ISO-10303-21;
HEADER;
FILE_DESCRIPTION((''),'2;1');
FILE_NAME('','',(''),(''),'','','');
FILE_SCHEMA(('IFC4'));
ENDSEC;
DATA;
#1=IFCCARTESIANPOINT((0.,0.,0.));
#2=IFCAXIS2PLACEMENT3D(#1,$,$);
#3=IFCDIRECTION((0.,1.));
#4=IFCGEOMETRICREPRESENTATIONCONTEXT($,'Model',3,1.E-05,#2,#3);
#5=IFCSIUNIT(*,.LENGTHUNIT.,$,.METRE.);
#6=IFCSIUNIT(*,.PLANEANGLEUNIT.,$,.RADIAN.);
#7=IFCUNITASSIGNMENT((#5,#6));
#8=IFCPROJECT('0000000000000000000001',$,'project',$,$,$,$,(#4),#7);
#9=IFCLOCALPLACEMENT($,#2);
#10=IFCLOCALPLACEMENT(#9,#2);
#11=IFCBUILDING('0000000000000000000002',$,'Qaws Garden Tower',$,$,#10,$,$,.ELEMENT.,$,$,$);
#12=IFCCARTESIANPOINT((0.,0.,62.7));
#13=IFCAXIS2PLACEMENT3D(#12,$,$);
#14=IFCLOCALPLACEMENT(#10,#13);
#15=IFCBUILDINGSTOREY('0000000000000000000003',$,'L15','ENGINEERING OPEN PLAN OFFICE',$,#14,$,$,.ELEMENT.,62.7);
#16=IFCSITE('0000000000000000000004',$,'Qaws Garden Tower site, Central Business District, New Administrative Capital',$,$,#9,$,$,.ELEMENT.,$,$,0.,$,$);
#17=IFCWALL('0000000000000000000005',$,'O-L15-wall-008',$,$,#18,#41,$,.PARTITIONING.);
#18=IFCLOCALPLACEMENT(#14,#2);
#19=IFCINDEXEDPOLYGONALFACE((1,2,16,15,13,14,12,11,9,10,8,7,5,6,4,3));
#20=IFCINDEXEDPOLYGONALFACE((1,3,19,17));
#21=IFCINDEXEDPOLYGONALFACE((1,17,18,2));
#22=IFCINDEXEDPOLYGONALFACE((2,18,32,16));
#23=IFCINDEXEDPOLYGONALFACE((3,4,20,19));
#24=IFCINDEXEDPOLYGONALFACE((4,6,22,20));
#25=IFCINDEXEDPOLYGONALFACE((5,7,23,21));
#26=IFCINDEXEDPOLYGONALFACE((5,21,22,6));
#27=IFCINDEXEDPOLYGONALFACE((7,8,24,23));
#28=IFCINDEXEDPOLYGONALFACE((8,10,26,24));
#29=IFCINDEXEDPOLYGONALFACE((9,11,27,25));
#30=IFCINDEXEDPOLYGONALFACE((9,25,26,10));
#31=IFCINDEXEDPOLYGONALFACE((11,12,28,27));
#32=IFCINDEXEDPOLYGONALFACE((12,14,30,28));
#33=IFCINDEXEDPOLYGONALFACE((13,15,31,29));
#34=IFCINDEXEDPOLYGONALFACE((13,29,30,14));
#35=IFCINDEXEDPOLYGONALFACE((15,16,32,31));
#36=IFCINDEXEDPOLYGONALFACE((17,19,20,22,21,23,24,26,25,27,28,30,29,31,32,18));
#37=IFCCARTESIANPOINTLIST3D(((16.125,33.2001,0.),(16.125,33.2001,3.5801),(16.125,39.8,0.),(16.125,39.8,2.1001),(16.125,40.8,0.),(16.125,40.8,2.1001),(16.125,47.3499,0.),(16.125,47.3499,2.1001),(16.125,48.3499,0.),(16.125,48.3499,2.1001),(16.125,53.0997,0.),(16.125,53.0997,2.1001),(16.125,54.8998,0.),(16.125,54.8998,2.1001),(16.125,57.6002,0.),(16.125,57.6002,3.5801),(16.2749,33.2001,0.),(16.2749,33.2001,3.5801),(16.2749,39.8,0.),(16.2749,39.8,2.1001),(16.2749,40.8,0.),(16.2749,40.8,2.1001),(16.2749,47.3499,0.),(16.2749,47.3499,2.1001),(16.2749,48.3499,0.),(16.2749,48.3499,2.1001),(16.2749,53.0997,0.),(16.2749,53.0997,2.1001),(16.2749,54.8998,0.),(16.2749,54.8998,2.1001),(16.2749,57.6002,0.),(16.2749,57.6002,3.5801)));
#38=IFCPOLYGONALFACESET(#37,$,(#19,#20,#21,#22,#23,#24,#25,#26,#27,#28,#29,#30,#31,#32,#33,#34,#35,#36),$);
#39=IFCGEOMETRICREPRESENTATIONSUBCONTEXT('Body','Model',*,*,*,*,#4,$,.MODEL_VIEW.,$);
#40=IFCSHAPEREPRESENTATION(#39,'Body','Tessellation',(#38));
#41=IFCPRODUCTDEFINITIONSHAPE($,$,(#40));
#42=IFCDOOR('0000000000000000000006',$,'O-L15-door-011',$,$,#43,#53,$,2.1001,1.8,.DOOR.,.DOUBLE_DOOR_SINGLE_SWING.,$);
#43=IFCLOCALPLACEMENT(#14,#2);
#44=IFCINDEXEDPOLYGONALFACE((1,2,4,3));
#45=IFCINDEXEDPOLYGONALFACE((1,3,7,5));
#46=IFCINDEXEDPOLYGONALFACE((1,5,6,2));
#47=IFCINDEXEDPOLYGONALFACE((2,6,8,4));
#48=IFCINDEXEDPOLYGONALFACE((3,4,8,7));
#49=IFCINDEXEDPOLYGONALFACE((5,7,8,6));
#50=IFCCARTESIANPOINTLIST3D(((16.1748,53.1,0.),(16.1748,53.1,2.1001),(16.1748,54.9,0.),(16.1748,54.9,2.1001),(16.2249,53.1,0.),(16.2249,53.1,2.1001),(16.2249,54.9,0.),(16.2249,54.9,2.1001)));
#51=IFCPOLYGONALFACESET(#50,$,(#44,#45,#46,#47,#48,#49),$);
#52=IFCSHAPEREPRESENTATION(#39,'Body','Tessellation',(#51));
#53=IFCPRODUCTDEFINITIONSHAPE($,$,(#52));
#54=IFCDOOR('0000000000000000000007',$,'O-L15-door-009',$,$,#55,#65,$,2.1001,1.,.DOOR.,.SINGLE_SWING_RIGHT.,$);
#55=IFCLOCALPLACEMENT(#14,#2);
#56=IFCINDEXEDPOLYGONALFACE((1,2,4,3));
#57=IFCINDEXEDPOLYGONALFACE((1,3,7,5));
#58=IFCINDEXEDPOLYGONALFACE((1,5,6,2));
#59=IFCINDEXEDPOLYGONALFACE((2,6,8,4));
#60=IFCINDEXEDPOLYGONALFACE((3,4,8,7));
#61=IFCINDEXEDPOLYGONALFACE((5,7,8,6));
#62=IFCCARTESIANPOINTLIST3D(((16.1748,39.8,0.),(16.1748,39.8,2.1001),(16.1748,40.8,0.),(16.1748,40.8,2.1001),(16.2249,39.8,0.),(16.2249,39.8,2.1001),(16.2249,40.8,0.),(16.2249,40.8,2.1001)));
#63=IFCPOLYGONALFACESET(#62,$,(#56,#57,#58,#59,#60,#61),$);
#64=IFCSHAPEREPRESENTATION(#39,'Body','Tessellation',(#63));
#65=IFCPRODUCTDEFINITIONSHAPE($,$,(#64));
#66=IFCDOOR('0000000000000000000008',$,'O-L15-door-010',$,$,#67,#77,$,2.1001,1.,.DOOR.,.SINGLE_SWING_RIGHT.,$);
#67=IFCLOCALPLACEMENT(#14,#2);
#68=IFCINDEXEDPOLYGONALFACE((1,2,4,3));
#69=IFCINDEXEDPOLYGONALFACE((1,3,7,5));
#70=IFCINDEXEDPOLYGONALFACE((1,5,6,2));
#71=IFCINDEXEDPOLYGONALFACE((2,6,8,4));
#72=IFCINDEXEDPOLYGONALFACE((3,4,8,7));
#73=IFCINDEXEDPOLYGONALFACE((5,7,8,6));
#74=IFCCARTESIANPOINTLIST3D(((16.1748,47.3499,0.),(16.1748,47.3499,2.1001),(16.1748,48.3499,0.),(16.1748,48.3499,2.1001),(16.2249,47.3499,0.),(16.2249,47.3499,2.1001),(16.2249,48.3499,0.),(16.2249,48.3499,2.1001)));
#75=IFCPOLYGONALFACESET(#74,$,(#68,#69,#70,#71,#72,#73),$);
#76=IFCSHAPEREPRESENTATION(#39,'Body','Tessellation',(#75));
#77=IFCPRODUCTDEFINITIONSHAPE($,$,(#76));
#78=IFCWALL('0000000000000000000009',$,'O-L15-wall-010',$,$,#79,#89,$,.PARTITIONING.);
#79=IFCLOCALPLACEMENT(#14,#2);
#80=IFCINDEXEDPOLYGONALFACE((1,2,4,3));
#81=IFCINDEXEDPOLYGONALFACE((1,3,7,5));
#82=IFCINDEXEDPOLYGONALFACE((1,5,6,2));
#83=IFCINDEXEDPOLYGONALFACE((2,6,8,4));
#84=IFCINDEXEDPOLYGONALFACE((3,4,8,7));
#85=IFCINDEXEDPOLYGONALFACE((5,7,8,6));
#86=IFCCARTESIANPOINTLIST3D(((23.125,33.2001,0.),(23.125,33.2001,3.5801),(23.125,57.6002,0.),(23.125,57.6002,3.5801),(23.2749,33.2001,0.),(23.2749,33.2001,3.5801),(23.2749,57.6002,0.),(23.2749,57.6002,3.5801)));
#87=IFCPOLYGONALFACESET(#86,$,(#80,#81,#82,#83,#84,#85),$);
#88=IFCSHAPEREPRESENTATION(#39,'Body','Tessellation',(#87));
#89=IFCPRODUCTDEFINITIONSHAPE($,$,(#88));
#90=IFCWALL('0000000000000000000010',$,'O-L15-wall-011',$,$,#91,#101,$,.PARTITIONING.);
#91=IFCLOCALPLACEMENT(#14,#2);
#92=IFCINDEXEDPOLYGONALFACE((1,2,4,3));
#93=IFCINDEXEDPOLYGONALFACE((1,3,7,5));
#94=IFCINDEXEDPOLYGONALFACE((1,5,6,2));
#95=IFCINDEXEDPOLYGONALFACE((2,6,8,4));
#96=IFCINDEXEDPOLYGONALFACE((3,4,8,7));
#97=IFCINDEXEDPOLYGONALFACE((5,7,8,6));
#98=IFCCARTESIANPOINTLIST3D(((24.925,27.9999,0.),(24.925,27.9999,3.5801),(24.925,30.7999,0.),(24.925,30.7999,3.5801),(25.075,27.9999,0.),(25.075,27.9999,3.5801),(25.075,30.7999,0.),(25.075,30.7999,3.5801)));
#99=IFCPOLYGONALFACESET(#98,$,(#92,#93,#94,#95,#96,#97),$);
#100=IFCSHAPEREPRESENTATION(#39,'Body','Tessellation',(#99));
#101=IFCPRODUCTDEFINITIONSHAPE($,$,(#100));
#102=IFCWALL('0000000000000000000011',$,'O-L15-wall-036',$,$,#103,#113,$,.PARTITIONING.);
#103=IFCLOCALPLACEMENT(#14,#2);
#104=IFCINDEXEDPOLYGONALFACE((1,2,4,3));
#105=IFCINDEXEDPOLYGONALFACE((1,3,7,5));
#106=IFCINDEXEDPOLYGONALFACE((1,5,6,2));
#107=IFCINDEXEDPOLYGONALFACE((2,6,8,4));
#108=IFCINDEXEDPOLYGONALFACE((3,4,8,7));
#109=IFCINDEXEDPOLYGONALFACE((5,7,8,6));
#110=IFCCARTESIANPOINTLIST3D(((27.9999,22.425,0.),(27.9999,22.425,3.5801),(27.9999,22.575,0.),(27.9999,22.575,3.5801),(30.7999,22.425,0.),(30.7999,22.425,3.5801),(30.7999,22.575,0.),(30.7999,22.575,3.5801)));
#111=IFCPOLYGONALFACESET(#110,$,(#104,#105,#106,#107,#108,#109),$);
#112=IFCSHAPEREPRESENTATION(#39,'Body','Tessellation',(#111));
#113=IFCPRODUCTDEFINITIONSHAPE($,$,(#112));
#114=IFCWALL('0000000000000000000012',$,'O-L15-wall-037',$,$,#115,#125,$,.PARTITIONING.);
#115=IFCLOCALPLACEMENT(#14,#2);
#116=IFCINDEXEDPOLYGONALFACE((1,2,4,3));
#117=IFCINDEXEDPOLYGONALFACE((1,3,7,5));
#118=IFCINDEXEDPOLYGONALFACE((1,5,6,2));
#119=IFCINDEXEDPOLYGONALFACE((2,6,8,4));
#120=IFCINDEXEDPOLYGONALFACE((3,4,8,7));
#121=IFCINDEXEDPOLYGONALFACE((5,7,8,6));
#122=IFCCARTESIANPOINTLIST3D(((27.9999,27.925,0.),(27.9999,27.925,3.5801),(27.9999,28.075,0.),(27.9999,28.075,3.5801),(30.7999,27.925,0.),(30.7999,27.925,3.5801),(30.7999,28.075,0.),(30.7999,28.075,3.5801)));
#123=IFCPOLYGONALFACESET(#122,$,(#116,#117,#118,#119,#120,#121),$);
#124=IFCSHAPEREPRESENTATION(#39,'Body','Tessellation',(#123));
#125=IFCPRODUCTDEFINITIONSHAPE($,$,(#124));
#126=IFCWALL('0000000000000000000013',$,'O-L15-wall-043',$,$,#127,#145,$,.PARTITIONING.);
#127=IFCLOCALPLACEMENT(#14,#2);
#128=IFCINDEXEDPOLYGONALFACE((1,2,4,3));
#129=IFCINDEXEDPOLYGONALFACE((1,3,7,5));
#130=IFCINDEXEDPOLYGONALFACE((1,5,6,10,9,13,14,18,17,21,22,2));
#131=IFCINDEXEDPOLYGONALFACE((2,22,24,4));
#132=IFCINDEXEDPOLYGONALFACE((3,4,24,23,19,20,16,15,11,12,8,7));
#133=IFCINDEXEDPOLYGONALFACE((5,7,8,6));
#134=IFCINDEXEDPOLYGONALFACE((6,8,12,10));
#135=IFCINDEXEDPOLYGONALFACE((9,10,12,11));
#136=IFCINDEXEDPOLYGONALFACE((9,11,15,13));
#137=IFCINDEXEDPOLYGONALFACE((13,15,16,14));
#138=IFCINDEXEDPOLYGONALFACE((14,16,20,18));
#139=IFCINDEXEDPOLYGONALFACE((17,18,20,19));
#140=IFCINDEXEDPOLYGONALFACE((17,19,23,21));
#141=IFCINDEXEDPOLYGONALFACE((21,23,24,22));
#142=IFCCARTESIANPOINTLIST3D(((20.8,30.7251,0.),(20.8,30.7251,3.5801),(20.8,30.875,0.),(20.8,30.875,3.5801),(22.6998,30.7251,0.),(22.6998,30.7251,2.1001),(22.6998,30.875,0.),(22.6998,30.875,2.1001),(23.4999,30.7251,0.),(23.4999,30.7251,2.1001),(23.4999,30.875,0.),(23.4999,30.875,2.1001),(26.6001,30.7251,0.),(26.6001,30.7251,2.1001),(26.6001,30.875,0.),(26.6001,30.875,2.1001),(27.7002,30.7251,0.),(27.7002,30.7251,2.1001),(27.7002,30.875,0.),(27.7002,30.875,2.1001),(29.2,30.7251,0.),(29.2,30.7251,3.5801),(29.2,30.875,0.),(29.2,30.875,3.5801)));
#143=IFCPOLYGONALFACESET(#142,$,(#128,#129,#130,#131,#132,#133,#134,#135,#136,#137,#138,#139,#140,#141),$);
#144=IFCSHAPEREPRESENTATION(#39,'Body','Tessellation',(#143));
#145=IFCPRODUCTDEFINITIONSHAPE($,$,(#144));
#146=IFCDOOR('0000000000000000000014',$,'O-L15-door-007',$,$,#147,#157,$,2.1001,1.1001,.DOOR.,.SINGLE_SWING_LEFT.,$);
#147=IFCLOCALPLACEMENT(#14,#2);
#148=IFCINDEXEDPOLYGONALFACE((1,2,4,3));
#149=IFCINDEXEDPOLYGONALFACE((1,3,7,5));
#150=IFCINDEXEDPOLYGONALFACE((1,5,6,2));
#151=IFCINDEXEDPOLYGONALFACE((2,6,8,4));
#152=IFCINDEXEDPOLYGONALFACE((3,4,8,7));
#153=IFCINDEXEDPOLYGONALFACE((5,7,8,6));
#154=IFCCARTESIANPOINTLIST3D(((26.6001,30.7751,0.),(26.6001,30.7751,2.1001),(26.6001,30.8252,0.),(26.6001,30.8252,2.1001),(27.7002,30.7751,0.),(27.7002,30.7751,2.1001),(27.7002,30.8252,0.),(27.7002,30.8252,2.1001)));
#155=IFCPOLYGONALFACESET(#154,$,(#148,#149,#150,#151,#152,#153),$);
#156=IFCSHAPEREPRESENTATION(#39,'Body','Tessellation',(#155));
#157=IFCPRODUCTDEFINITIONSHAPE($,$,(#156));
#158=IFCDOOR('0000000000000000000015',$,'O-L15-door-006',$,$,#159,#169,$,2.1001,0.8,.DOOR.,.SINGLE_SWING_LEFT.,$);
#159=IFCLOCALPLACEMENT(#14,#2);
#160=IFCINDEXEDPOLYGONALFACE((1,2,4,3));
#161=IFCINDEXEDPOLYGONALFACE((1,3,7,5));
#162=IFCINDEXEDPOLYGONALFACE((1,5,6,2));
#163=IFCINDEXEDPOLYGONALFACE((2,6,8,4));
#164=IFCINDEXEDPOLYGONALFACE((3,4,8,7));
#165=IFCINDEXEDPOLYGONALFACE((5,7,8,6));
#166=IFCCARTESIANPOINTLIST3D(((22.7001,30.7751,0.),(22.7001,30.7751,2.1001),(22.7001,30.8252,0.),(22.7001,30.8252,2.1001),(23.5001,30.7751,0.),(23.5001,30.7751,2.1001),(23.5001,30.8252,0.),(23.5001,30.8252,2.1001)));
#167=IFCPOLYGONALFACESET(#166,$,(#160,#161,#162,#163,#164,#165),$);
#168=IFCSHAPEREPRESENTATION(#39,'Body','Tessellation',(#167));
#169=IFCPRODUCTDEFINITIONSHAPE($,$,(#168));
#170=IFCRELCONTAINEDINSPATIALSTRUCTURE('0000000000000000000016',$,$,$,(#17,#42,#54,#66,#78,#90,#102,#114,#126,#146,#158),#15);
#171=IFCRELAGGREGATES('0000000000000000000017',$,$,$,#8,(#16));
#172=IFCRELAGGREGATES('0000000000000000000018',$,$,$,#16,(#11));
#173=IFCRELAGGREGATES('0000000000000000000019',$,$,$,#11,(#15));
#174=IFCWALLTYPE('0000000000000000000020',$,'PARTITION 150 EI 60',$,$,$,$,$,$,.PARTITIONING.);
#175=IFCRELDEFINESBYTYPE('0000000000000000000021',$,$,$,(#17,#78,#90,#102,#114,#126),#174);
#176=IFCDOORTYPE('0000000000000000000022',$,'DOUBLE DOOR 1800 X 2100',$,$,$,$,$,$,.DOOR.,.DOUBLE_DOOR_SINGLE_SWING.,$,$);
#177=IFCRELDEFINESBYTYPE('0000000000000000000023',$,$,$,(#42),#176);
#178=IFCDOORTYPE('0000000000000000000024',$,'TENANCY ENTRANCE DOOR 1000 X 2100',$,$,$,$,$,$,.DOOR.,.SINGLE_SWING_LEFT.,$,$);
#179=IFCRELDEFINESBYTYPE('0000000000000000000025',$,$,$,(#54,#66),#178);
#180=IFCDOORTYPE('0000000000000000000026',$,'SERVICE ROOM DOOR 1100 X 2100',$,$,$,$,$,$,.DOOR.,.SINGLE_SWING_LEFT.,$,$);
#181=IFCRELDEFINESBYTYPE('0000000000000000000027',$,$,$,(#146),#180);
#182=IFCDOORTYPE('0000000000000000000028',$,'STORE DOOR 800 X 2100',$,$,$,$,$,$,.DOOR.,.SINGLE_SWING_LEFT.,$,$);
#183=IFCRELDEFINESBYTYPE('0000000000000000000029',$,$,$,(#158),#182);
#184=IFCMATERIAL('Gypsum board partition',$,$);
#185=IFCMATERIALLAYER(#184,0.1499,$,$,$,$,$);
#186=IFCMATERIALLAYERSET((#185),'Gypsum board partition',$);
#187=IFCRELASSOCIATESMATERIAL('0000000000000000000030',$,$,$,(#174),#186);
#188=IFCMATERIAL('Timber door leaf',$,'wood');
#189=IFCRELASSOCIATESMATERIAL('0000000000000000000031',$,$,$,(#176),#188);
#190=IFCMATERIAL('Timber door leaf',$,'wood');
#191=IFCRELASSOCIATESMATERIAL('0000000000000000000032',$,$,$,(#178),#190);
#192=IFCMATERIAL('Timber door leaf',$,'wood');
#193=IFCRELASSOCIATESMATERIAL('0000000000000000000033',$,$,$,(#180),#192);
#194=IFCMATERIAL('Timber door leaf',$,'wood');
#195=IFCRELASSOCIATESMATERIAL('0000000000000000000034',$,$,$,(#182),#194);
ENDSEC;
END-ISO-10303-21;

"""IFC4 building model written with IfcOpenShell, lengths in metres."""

from ifc_helpers import new_model, si_unit, direction, frame, frame_2d, origin, place, context, subcontext, project, spatial, rectangle, extrude, material, layer, layer_set, type_object, element, fill, save


model = new_model("IFC4")

# Units and contexts
model_context = context("Model", 3, precision=1e-05, world=origin(), true_north=direction((0.0, 1.0)))
body_context = subcontext(model_context, "Body", "Model", "MODEL_VIEW")
ifc_project = project(units=[si_unit("LENGTHUNIT", "METRE"), si_unit("PLANEANGLEUNIT", "RADIAN")], contexts=[model_context])

# Site, building, storey
site_placement = place(None, origin())
site = spatial("IfcSite", under=ifc_project, at=site_placement, Name="Qaws Garden Tower site, Central Business District, New Administrative Capital", CompositionType="ELEMENT", RefElevation=0.0)
building_placement = place(site_placement, origin())
building = spatial("IfcBuilding", under=site, at=building_placement, Name="Qaws Garden Tower", CompositionType="ELEMENT")
storey_placement = place(building_placement, frame((0.0, 0.0, 62.7)))
storey = spatial("IfcBuildingStorey", under=building, at=storey_placement, Name="L15", Description="ENGINEERING OPEN PLAN OFFICE", CompositionType="ELEMENT", Elevation=62.7)

# Wall, openings, doors
ifc_material_1 = material(Name="Gypsum board partition")
ifc_layer_1 = layer(ifc_material_1, 0.1499)
ifc_layer_set_1 = layer_set([ifc_layer_1], Name="Gypsum board partition")
wall_type_1 = type_object("IfcWallType", Name="PARTITION 150 EI 60", PredefinedType="PARTITIONING", material=ifc_layer_set_1)
wall_1_placement = place(storey_placement, frame((16.2, 33.2, 0.0), z_axis=(0.0, 0.0, 1.0), x_axis=(0.0, 1.0, 0.0)))
wall_1 = element("IfcWall", 1, at=wall_1_placement, inside=storey, type_object=wall_type_1, Name="O-L15-wall-008", PredefinedType="PARTITIONING", context=body_context, shape_type="SweptSolid", body=[
    extrude(rectangle(XDim=24.4001, YDim=0.1499, at=frame_2d((12.2002, 0.0))), origin(), (0.0, 0.0, 1.0), 3.5801),
])
opening_1_placement = place(wall_1_placement, frame((6.6001, 0.0, 0.0)))
opening_1 = element("IfcOpeningElement", 2, at=opening_1_placement, cuts=wall_1, PredefinedType="OPENING", context=body_context, shape_type="SweptSolid", body=[
    extrude(rectangle(XDim=1.0, YDim=2.1001, at=frame_2d((0.5, 1.05))), frame((0.0, 0.085, 0.0), z_axis=(0.0, -1.0, 0.0), x_axis=(1.0, 0.0, 0.0)), (0.0, 0.0, 1.0), 0.1699),
])
opening_2_placement = place(wall_1_placement, frame((14.1499, 0.0, 0.0)))
opening_2 = element("IfcOpeningElement", 3, at=opening_2_placement, cuts=wall_1, PredefinedType="OPENING", context=body_context, shape_type="SweptSolid", body=[
    extrude(rectangle(XDim=1.0, YDim=2.1001, at=frame_2d((0.5, 1.05))), frame((0.0, 0.085, 0.0), z_axis=(0.0, -1.0, 0.0), x_axis=(1.0, 0.0, 0.0)), (0.0, 0.0, 1.0), 0.1699),
])
opening_3_placement = place(wall_1_placement, frame((19.8999, 0.0, 0.0)))
opening_3 = element("IfcOpeningElement", 4, at=opening_3_placement, cuts=wall_1, PredefinedType="OPENING", context=body_context, shape_type="SweptSolid", body=[
    extrude(rectangle(XDim=1.8, YDim=2.1001, at=frame_2d((0.8999, 1.05))), frame((0.0, 0.085, 0.0), z_axis=(0.0, -1.0, 0.0), x_axis=(1.0, 0.0, 0.0)), (0.0, 0.0, 1.0), 0.1699),
])
ifc_material_2 = material(Name="Timber door leaf", Category="wood")
door_type_1 = type_object("IfcDoorType", Name="DOUBLE DOOR 1800 X 2100", OperationType="DOUBLE_DOOR_SINGLE_SWING", PredefinedType="DOOR", material=ifc_material_2)
door_1_placement = place(opening_3_placement, frame((1.8, 0.0, 0.0), z_axis=(0.0, 0.0, 1.0), x_axis=(-1.0, 0.0, 0.0)))
door_1 = element("IfcDoor", 5, at=door_1_placement, inside=storey, type_object=door_type_1, Name="O-L15-door-011", OperationType="DOUBLE_DOOR_SINGLE_SWING", OverallHeight=2.1001, OverallWidth=1.8, PredefinedType="DOOR", context=body_context, shape_type="SweptSolid", body=[
    extrude(rectangle(XDim=1.8, YDim=2.1001, at=frame_2d((0.8999, 1.05))), frame((0.0, 0.0249, 0.0), z_axis=(0.0, -1.0, 0.0), x_axis=(1.0, 0.0, 0.0)), (0.0, 0.0, 1.0), 0.05),
])
fill(opening_3, door_1)
ifc_material_3 = material(Name="Timber door leaf", Category="wood")
door_type_2 = type_object("IfcDoorType", Name="TENANCY ENTRANCE DOOR 1000 X 2100", OperationType="SINGLE_SWING_LEFT", PredefinedType="DOOR", material=ifc_material_3)
door_2_placement = place(opening_1_placement, frame((1.0, 0.0, 0.0), z_axis=(0.0, 0.0, 1.0), x_axis=(-1.0, 0.0, 0.0)))
door_2 = element("IfcDoor", 6, at=door_2_placement, inside=storey, type_object=door_type_2, Name="O-L15-door-009", OperationType="SINGLE_SWING_RIGHT", OverallHeight=2.1001, OverallWidth=1.0, PredefinedType="DOOR", context=body_context, shape_type="SweptSolid", body=[
    extrude(rectangle(XDim=1.0, YDim=2.1001, at=frame_2d((0.5, 1.05))), frame((0.0, 0.0249, 0.0), z_axis=(0.0, -1.0, 0.0), x_axis=(1.0, 0.0, 0.0)), (0.0, 0.0, 1.0), 0.05),
])
fill(opening_1, door_2)
door_3_placement = place(opening_2_placement, frame((1.0, 0.0, 0.0), z_axis=(0.0, 0.0, 1.0), x_axis=(-1.0, 0.0, 0.0)))
door_3 = element("IfcDoor", 7, at=door_3_placement, inside=storey, type_object=door_type_2, Name="O-L15-door-010", OperationType="SINGLE_SWING_RIGHT", OverallHeight=2.1001, OverallWidth=1.0, PredefinedType="DOOR", context=body_context, shape_type="SweptSolid", body=[
    extrude(rectangle(XDim=1.0, YDim=2.1001, at=frame_2d((0.5, 1.05))), frame((0.0, 0.0249, 0.0), z_axis=(0.0, -1.0, 0.0), x_axis=(1.0, 0.0, 0.0)), (0.0, 0.0, 1.0), 0.05),
])
fill(opening_2, door_3)

# Walls
wall_2_placement = place(storey_placement, frame((23.2, 33.2, 0.0), z_axis=(0.0, 0.0, 1.0), x_axis=(0.0, 1.0, 0.0)))
element("IfcWall", 8, at=wall_2_placement, inside=storey, type_object=wall_type_1, Name="O-L15-wall-010", PredefinedType="PARTITIONING", context=body_context, shape_type="SweptSolid", body=[
    extrude(rectangle(XDim=24.4001, YDim=0.1499, at=frame_2d((12.2002, 0.0))), origin(), (0.0, 0.0, 1.0), 3.5801),
])
for number, where, z_axis, x_axis, name in (
    (9, (25.0, 28.0, 0.0), (0.0, 0.0, 1.0), (0.0, 1.0, 0.0), "O-L15-wall-011"),
    (10, (28.0, 22.5, 0.0), (0.0, 0.0, 1.0), (1.0, 0.0, 0.0), "O-L15-wall-036"),
    (11, (28.0, 28.0, 0.0), (0.0, 0.0, 1.0), (1.0, 0.0, 0.0), "O-L15-wall-037"),
):
    element("IfcWall", number, at=place(storey_placement, frame(where, z_axis=z_axis, x_axis=x_axis)), inside=storey, type_object=wall_type_1, Name=name, PredefinedType="PARTITIONING", context=body_context, shape_type="SweptSolid", body=[
        extrude(rectangle(XDim=2.8, YDim=0.1499, at=frame_2d((1.3999, 0.0))), origin(), (0.0, 0.0, 1.0), 3.5801),
    ])

# Wall, openings, doors
wall_3_placement = place(storey_placement, frame((20.8, 30.8, 0.0), z_axis=(0.0, 0.0, 1.0), x_axis=(1.0, 0.0, 0.0)))
wall_3 = element("IfcWall", 12, at=wall_3_placement, inside=storey, type_object=wall_type_1, Name="O-L15-wall-043", PredefinedType="PARTITIONING", context=body_context, shape_type="SweptSolid", body=[
    extrude(rectangle(XDim=8.3999, YDim=0.1499, at=frame_2d((4.2, 0.0))), origin(), (0.0, 0.0, 1.0), 3.5801),
])
opening_4_placement = place(wall_3_placement, frame((1.8999, 0.0, 0.0)))
opening_4 = element("IfcOpeningElement", 13, at=opening_4_placement, cuts=wall_3, PredefinedType="OPENING", context=body_context, shape_type="SweptSolid", body=[
    extrude(rectangle(XDim=0.8, YDim=2.1001, at=frame_2d((0.3999, 1.05))), frame((0.0, 0.085, 0.0), z_axis=(0.0, -1.0, 0.0), x_axis=(1.0, 0.0, 0.0)), (0.0, 0.0, 1.0), 0.1699),
])
opening_5_placement = place(wall_3_placement, frame((5.8, 0.0, 0.0)))
opening_5 = element("IfcOpeningElement", 14, at=opening_5_placement, cuts=wall_3, PredefinedType="OPENING", context=body_context, shape_type="SweptSolid", body=[
    extrude(rectangle(XDim=1.1001, YDim=2.1001, at=frame_2d((0.55, 1.05))), frame((0.0, 0.085, 0.0), z_axis=(0.0, -1.0, 0.0), x_axis=(1.0, 0.0, 0.0)), (0.0, 0.0, 1.0), 0.1699),
])
ifc_material_4 = material(Name="Timber door leaf", Category="wood")
door_type_3 = type_object("IfcDoorType", Name="SERVICE ROOM DOOR 1100 X 2100", OperationType="SINGLE_SWING_LEFT", PredefinedType="DOOR", material=ifc_material_4)
door_4_placement = place(opening_5_placement, frame((1.1001, 0.0, 0.0), z_axis=(0.0, 0.0, 1.0), x_axis=(-1.0, 0.0, 0.0)))
door_4 = element("IfcDoor", 15, at=door_4_placement, inside=storey, type_object=door_type_3, Name="O-L15-door-007", OperationType="SINGLE_SWING_LEFT", OverallHeight=2.1001, OverallWidth=1.1001, PredefinedType="DOOR", context=body_context, shape_type="SweptSolid", body=[
    extrude(rectangle(XDim=1.1001, YDim=2.1001, at=frame_2d((0.55, 1.05))), frame((0.0, 0.0249, 0.0), z_axis=(0.0, -1.0, 0.0), x_axis=(1.0, 0.0, 0.0)), (0.0, 0.0, 1.0), 0.05),
])
fill(opening_5, door_4)
ifc_material_5 = material(Name="Timber door leaf", Category="wood")
door_type_4 = type_object("IfcDoorType", Name="STORE DOOR 800 X 2100", OperationType="SINGLE_SWING_LEFT", PredefinedType="DOOR", material=ifc_material_5)
door_5_placement = place(opening_4_placement, frame((0.8, 0.0, 0.0), z_axis=(0.0, 0.0, 1.0), x_axis=(-1.0, 0.0, 0.0)))
door_5 = element("IfcDoor", 16, at=door_5_placement, inside=storey, type_object=door_type_4, Name="O-L15-door-006", OperationType="SINGLE_SWING_LEFT", OverallHeight=2.1001, OverallWidth=0.8, PredefinedType="DOOR", context=body_context, shape_type="SweptSolid", body=[
    extrude(rectangle(XDim=0.8, YDim=2.1001, at=frame_2d((0.3999, 1.05))), frame((0.0, 0.0249, 0.0), z_axis=(0.0, -1.0, 0.0), x_axis=(1.0, 0.0, 0.0)), (0.0, 0.0, 1.0), 0.05),
])
fill(opening_4, door_5)

save(model, "model.ifc")
